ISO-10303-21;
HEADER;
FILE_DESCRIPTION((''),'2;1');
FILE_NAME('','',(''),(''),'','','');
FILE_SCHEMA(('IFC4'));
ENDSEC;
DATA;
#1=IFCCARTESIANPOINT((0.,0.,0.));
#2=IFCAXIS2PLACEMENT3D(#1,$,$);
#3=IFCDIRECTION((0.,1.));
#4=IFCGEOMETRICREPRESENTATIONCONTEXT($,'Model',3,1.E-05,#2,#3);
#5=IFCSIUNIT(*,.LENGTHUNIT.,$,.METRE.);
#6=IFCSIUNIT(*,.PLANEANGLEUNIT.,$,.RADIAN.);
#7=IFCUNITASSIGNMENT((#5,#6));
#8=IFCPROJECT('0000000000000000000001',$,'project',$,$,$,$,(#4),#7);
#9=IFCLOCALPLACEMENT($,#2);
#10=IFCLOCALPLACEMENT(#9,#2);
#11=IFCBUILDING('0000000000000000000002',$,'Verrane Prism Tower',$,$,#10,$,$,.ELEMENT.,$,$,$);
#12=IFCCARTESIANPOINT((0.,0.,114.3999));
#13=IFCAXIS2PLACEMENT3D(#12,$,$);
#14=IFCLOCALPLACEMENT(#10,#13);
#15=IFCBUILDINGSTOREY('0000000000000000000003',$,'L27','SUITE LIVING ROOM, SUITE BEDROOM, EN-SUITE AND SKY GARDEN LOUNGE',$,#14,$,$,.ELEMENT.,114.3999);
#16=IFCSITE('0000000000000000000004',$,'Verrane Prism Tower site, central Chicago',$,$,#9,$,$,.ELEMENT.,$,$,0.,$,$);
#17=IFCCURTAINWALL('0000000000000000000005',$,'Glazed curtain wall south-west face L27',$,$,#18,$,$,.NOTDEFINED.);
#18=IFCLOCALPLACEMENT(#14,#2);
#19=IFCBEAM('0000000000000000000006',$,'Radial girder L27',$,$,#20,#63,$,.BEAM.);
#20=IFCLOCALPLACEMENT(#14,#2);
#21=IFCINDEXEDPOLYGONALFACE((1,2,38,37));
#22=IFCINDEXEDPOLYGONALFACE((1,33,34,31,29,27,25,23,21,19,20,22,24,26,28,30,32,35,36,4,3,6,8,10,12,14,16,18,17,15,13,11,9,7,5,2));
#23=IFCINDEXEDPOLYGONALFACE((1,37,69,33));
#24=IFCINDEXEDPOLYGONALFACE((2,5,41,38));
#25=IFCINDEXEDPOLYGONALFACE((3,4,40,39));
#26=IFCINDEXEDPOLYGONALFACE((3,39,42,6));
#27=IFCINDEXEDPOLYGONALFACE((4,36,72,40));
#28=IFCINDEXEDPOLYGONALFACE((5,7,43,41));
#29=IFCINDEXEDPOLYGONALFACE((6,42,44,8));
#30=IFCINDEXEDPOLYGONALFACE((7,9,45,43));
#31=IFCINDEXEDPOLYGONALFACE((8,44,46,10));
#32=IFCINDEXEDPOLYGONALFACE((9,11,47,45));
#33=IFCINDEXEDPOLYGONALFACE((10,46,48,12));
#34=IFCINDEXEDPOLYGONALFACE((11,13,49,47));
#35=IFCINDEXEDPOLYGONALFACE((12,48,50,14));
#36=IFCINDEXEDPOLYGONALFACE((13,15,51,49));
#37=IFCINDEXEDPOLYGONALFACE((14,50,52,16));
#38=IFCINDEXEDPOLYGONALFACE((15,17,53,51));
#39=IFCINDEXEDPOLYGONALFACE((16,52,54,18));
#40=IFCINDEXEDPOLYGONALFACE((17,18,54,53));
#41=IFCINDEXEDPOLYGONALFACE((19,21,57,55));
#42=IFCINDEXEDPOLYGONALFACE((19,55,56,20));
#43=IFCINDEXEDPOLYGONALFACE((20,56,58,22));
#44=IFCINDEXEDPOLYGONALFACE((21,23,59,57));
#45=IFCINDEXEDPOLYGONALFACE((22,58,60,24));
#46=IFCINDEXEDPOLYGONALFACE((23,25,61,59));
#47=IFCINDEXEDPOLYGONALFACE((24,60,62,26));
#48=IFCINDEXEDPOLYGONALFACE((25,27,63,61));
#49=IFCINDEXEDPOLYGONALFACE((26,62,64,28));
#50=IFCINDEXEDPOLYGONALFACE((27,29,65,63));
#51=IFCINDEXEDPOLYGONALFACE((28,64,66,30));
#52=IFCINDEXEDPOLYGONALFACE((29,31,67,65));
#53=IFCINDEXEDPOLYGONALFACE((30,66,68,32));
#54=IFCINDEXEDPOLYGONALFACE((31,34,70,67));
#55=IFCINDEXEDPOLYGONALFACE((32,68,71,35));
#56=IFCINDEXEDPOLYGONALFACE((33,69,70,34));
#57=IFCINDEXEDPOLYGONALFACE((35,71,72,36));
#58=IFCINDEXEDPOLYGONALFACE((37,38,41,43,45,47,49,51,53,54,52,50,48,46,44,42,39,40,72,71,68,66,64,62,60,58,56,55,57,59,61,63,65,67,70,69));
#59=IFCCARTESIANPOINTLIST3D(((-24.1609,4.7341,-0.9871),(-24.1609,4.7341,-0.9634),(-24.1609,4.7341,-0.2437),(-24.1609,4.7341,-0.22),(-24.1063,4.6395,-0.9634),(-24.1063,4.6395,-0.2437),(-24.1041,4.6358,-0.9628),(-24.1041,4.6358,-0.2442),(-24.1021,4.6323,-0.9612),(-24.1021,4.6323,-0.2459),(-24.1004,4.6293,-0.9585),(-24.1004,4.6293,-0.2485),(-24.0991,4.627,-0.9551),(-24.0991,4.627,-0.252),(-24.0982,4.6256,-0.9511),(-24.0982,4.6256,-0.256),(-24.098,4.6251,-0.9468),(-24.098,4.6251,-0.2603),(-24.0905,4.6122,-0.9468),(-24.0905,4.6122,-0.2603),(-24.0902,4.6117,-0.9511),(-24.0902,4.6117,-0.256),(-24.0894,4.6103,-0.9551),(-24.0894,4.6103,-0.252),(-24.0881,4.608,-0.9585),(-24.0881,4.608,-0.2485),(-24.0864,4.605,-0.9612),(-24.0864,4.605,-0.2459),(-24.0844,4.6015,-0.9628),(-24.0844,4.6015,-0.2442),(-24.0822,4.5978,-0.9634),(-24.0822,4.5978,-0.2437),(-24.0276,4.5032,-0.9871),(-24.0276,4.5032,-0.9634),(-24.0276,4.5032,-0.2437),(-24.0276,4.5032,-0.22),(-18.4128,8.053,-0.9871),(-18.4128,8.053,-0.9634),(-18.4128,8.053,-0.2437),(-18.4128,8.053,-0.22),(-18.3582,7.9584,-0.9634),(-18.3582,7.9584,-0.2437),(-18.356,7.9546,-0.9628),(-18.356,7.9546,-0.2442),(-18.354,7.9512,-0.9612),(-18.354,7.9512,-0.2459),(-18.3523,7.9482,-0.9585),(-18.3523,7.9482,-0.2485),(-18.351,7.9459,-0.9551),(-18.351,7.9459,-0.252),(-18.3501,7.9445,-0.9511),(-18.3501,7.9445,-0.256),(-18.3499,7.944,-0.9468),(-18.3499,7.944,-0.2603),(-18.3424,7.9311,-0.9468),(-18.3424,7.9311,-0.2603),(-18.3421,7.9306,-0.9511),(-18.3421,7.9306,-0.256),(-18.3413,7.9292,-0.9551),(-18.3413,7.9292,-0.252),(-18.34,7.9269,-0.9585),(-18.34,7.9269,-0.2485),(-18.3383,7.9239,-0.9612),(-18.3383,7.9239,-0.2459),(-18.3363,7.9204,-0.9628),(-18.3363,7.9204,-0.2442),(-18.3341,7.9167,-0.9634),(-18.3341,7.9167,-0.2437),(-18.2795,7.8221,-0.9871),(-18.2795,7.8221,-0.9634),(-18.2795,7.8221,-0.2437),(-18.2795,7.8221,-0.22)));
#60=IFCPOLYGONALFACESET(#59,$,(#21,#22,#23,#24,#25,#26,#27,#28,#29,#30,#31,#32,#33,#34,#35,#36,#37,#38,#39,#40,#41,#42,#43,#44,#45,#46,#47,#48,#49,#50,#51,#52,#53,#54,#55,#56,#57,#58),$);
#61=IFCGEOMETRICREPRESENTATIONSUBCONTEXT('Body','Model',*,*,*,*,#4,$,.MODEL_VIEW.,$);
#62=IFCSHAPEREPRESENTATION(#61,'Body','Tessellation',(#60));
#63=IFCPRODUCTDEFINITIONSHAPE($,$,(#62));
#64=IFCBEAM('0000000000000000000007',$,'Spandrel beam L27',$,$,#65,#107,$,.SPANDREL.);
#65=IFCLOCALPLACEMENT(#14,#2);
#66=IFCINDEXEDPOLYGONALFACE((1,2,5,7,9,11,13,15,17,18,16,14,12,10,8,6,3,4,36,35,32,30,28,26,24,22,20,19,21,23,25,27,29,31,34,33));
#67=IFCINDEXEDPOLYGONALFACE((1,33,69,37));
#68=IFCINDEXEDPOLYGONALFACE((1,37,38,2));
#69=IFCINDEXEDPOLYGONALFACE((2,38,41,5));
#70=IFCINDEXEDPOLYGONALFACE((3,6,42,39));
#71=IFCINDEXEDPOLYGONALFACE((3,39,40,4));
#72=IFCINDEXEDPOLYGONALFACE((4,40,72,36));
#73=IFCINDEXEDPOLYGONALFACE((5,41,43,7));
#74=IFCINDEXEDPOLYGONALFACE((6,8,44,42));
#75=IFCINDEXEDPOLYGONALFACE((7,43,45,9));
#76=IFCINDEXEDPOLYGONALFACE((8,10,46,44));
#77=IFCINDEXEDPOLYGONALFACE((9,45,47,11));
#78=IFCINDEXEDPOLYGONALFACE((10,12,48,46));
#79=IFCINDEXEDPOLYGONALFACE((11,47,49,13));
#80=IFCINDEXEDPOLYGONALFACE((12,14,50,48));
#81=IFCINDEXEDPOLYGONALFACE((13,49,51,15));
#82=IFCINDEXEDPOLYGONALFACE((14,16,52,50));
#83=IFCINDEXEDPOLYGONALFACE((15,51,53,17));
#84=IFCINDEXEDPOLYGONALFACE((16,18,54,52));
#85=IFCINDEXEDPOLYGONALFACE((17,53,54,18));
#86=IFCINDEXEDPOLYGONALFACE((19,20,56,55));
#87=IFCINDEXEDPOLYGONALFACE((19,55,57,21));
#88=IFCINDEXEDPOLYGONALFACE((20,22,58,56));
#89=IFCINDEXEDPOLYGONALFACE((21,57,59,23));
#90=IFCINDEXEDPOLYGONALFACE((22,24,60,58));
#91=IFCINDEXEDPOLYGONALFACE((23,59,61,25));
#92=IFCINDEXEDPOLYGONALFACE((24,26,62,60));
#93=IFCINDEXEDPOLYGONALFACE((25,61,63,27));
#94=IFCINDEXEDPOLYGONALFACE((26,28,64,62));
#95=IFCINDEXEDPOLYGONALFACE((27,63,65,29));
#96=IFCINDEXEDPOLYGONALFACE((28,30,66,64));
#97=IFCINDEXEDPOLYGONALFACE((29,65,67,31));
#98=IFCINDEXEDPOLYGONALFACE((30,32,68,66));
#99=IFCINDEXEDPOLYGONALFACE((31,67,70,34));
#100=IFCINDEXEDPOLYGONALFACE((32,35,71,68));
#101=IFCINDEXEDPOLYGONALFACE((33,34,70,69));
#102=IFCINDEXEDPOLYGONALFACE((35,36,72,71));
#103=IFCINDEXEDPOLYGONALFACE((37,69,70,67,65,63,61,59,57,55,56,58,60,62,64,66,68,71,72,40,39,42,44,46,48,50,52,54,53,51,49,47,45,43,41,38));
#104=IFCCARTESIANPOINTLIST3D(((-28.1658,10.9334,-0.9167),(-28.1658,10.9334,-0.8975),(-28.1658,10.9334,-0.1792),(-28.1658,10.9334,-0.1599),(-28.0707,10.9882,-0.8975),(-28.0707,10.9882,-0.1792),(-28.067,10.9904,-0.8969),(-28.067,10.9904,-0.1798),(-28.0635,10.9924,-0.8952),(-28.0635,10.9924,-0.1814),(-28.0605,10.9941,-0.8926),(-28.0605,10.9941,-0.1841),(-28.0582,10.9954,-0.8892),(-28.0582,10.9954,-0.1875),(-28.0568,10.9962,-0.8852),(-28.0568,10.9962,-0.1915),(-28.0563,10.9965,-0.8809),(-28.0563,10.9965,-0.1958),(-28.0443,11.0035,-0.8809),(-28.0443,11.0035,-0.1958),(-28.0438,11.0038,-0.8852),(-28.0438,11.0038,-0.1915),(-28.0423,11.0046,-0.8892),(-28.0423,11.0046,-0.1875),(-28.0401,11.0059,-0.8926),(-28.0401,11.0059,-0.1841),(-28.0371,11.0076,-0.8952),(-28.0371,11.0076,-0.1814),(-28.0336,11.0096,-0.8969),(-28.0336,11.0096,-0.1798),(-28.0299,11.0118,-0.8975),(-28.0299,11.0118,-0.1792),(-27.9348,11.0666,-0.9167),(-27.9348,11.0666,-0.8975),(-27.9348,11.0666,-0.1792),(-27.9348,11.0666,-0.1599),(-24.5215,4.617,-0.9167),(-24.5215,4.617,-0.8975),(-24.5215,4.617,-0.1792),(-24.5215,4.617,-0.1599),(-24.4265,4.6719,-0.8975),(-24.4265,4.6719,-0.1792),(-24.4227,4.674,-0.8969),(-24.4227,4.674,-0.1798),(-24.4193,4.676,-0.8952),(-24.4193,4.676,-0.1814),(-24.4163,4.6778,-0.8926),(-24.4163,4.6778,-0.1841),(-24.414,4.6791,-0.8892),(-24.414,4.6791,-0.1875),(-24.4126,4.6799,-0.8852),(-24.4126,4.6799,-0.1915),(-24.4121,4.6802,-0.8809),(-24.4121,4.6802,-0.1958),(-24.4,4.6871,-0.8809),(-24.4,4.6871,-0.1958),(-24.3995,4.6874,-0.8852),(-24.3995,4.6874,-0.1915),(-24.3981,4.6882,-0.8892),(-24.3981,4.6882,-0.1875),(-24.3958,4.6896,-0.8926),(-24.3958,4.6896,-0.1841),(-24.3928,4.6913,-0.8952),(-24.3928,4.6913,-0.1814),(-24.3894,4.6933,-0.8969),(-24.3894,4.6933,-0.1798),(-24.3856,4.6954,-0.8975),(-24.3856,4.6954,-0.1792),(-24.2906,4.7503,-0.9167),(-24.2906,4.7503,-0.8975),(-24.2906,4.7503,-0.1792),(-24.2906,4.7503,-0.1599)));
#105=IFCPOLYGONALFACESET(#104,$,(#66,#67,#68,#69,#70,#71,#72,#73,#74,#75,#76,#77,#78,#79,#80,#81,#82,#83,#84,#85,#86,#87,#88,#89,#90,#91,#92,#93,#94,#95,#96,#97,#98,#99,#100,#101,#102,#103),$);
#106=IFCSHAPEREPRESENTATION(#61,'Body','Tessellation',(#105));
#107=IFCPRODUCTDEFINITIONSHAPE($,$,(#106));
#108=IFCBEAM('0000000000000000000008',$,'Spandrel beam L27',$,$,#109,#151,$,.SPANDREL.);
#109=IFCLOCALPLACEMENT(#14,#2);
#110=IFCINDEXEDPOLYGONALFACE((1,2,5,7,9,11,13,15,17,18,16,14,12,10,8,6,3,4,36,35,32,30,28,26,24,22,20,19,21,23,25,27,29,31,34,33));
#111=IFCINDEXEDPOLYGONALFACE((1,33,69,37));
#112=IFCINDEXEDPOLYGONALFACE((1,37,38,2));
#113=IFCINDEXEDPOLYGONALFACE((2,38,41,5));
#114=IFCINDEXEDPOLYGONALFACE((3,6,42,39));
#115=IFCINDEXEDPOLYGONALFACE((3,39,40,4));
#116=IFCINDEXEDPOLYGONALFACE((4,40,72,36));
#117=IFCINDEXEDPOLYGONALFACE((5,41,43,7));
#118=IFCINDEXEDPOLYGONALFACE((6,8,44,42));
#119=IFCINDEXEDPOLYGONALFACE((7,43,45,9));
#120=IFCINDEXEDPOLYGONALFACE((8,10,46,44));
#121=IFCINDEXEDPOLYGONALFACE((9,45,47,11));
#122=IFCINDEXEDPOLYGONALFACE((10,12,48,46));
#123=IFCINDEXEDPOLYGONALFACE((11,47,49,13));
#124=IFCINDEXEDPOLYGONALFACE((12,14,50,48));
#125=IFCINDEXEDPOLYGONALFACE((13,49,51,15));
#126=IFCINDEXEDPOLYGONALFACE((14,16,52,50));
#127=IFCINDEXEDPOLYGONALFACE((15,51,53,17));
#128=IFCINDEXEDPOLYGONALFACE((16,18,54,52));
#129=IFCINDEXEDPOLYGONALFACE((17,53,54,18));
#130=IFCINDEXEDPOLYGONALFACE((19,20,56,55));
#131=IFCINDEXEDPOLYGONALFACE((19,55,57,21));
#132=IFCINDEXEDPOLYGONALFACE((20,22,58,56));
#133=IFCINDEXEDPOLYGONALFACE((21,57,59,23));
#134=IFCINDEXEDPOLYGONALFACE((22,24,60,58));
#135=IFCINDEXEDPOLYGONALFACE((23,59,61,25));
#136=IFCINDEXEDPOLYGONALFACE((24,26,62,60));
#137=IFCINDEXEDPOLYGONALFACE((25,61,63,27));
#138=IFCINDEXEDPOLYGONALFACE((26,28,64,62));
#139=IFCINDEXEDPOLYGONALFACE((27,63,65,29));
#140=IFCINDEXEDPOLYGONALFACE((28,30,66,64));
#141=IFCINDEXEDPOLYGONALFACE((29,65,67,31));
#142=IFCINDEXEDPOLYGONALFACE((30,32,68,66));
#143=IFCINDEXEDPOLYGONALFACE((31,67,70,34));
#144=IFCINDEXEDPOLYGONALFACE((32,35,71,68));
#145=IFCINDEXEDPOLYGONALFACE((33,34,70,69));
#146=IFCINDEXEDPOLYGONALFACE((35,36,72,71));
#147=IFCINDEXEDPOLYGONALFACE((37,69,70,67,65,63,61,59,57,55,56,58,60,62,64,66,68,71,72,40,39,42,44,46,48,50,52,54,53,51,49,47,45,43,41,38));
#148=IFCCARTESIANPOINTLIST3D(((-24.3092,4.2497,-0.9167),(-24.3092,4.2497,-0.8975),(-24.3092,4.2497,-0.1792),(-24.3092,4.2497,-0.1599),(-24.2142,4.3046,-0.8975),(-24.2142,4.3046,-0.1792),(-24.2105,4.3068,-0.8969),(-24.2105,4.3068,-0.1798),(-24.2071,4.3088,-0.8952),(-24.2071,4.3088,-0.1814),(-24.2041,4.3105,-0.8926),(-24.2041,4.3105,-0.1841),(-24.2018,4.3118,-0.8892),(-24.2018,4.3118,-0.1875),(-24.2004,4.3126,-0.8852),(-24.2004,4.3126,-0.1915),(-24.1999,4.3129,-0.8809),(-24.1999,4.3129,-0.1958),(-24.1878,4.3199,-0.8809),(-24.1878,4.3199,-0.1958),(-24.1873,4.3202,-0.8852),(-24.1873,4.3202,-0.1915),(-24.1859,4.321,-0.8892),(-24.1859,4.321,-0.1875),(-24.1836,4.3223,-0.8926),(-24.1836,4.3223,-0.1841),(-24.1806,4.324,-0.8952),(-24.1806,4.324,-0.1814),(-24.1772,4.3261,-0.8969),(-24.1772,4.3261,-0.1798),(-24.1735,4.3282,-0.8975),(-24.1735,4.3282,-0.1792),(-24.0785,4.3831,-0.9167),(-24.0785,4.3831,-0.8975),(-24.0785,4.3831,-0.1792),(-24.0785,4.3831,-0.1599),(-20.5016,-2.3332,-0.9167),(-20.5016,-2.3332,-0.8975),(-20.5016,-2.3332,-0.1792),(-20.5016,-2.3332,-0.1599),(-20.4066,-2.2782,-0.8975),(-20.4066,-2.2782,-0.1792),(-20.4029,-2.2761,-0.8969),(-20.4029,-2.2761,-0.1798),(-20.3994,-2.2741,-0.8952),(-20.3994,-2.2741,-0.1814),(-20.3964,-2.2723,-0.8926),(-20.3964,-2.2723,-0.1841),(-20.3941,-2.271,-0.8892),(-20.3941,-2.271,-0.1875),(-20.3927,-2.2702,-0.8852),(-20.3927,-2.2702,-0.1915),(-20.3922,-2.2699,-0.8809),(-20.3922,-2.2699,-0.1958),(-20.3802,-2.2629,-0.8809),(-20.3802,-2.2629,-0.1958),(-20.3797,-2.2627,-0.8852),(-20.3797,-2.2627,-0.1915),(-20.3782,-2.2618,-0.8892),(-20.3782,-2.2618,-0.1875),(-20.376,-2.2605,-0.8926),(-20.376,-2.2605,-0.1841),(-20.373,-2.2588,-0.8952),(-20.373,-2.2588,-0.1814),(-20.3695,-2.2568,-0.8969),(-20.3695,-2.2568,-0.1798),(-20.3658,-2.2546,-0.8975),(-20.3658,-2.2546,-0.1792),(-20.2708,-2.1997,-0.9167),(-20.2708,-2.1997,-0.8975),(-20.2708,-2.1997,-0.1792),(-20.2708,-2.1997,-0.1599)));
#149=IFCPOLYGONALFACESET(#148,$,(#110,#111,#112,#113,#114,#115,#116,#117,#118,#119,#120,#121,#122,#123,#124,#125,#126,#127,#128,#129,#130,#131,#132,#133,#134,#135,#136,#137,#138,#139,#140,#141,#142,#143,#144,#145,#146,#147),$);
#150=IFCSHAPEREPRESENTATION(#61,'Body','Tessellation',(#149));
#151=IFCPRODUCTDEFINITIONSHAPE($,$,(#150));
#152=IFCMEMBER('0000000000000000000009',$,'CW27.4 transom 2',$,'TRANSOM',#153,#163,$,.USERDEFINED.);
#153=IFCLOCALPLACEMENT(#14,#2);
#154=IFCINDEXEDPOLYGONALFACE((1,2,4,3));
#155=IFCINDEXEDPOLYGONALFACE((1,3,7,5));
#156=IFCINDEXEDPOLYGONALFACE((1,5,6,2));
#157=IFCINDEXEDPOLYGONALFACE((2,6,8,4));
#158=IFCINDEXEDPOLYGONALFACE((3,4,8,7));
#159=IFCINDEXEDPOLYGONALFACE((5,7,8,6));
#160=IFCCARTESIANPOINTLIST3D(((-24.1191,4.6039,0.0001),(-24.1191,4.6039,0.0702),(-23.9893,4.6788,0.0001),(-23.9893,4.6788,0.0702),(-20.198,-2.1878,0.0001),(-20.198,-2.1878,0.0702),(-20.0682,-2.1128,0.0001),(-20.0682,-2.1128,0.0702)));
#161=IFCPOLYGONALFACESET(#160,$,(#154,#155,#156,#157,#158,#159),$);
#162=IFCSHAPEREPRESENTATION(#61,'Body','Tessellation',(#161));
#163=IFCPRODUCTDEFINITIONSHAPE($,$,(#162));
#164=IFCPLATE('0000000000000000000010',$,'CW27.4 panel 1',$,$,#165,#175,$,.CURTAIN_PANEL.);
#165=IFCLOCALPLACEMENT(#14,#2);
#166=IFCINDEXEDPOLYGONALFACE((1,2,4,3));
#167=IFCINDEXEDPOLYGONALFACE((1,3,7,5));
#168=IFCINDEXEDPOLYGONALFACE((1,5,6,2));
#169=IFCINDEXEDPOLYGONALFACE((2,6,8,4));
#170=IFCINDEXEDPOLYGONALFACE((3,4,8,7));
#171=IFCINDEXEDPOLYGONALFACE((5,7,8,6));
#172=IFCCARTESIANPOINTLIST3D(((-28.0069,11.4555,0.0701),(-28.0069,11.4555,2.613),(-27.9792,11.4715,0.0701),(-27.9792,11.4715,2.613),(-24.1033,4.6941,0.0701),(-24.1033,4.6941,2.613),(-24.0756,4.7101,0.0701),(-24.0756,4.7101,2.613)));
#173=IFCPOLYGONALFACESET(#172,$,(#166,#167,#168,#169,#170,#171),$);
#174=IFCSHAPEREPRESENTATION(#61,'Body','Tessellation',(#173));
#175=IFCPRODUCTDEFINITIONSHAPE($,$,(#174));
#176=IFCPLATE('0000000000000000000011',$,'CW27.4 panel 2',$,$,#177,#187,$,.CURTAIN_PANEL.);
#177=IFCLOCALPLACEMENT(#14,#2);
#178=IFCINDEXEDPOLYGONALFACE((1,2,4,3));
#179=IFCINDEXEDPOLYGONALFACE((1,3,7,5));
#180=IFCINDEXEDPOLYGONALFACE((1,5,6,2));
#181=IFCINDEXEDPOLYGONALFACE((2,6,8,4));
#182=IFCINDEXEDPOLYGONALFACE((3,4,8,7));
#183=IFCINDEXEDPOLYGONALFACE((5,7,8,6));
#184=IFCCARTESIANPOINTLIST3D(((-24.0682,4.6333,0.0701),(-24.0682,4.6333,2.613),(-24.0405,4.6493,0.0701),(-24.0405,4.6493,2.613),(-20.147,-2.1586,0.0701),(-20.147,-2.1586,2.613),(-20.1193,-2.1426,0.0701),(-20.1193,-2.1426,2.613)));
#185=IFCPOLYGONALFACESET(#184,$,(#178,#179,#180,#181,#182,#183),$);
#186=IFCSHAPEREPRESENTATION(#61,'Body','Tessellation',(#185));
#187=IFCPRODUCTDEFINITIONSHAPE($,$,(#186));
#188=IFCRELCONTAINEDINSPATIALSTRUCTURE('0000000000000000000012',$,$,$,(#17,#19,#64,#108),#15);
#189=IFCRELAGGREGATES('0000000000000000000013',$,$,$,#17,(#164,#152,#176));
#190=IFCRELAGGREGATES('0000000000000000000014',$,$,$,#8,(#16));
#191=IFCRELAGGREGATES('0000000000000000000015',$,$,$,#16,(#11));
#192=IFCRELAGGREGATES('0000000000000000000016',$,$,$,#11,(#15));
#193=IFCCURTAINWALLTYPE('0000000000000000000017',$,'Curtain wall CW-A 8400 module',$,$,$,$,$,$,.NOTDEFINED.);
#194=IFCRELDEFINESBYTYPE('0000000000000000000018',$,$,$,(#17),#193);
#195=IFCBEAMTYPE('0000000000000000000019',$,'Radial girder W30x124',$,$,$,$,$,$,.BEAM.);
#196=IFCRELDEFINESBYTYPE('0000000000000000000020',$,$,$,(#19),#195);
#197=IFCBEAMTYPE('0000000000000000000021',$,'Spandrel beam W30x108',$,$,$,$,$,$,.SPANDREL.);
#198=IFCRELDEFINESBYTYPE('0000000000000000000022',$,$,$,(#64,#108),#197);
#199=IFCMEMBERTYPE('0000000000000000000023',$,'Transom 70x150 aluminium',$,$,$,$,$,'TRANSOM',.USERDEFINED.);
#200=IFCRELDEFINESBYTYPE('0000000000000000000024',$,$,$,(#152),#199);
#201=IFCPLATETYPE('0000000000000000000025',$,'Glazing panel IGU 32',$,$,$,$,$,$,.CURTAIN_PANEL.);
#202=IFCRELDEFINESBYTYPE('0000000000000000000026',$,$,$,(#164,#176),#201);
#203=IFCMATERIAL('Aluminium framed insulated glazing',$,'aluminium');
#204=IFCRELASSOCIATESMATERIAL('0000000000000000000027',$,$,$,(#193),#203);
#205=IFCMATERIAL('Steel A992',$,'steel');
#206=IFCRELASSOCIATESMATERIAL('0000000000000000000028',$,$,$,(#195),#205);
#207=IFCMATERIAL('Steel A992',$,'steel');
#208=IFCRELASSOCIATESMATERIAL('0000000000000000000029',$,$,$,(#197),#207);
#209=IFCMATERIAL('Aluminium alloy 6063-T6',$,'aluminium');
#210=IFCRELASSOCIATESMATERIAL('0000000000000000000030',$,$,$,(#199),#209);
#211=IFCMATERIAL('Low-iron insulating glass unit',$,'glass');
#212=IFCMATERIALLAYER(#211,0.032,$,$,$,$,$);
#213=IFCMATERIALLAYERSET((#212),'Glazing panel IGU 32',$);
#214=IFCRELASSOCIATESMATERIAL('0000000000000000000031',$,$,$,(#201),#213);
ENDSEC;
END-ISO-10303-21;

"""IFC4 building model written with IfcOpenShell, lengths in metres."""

from ifc_helpers import new_model, si_unit, direction, frame, origin, origin_2d, place, context, subcontext, project, spatial, rectangle, i_section, extrude, material, layer, layer_set, material_profile, profile_set, type_object, element, aggregate, save


model = new_model("IFC4")

# Units and contexts
model_context = context("Model", 3, precision=1e-05, world=origin(), true_north=direction((0.0, 1.0)))
body_context = subcontext(model_context, "Body", "Model", "MODEL_VIEW")
ifc_project = project(units=[si_unit("LENGTHUNIT", "METRE"), si_unit("PLANEANGLEUNIT", "RADIAN")], contexts=[model_context])

# Site, building, storey
site_placement = place(None, origin())
site = spatial("IfcSite", under=ifc_project, at=site_placement, Name="Verrane Prism Tower site, central Chicago", CompositionType="ELEMENT", RefElevation=0.0)
building_placement = place(site_placement, origin())
building = spatial("IfcBuilding", under=site, at=building_placement, Name="Verrane Prism Tower", CompositionType="ELEMENT")
storey_placement = place(building_placement, frame((0.0, 0.0, 114.3999)))
storey = spatial("IfcBuildingStorey", under=building, at=storey_placement, Name="L27", Description="SUITE LIVING ROOM, SUITE BEDROOM, EN-SUITE AND SKY GARDEN LOUNGE", CompositionType="ELEMENT", Elevation=114.3999)

# Curtain wall
ifc_material_1 = material(Name="Aluminium framed insulated glazing", Category="aluminium")
curtain_wall_type = type_object("IfcCurtainWallType", Name="Curtain wall CW-A 8400 module", PredefinedType="NOTDEFINED", material=ifc_material_1)
curtain_wall_placement = place(storey_placement, origin())
curtain_wall = element("IfcCurtainWall", 1, at=curtain_wall_placement, inside=storey, type_object=curtain_wall_type, Name="Glazed curtain wall south-west face L27", PredefinedType="NOTDEFINED")

# Beams
ifc_material_2 = material(Name="Steel A992", Category="steel")
ifc_material_profile_1 = material_profile(ifc_material_2, i_section(OverallWidth=0.2666, OverallDepth=0.7671, WebThickness=0.0149, FlangeThickness=0.0237, FilletRadius=0.0166, at=origin_2d()), Name="W30x124")
ifc_profile_set_1 = profile_set([ifc_material_profile_1], Name="Steel A992")
beam_type_1 = type_object("IfcBeamType", Name="Radial girder W30x124", PredefinedType="BEAM", material=ifc_profile_set_1)
beam_1_placement = place(storey_placement, frame((-24.0942, 4.6187, -0.6035), z_axis=(0.866012, 0.500024, 0.0), x_axis=(-0.500024, 0.866012, 0.0)))
element("IfcBeam", 2, at=beam_1_placement, inside=storey, type_object=beam_type_1, Name="Radial girder L27", PredefinedType="BEAM", context=body_context, shape_type="SweptSolid", body=[
    extrude(i_section(OverallWidth=0.2666, OverallDepth=0.7671, WebThickness=0.0149, FlangeThickness=0.0237, FilletRadius=0.0166, at=origin_2d()), origin(), (0.0, 0.0, 1.0), 6.6375),
])
ifc_material_3 = material(Name="Steel A992", Category="steel")
ifc_material_profile_2 = material_profile(ifc_material_3, i_section(OverallWidth=0.2666, OverallDepth=0.7568, WebThickness=0.0139, FlangeThickness=0.0193, FilletRadius=0.0166, at=origin_2d()), Name="W30x108")
ifc_profile_set_2 = profile_set([ifc_material_profile_2], Name="Steel A992")
beam_type_2 = type_object("IfcBeamType", Name="Spandrel beam W30x108", PredefinedType="SPANDREL", material=ifc_profile_set_2)
beam_2_placement = place(storey_placement, frame((-28.0503, 11.0, -0.5383), z_axis=(0.499744, -0.866173, 0.0), x_axis=(0.866173, 0.499744, 0.0)))
element("IfcBeam", 3, at=beam_2_placement, inside=storey, type_object=beam_type_2, Name="Spandrel beam L27", PredefinedType="SPANDREL", context=body_context, shape_type="SweptSolid", body=[
    extrude(i_section(OverallWidth=0.2666, OverallDepth=0.7568, WebThickness=0.0139, FlangeThickness=0.0193, FilletRadius=0.0166, at=origin_2d()), origin(), (0.0, 0.0, 1.0), 7.2922),
])
beam_3_placement = place(storey_placement, frame((-24.1938, 4.3164, -0.5383), z_axis=(0.500696, -0.865623, 0.0), x_axis=(0.865623, 0.500696, 0.0)))
element("IfcBeam", 4, at=beam_3_placement, inside=storey, type_object=beam_type_2, Name="Spandrel beam L27", PredefinedType="SPANDREL", context=body_context, shape_type="SweptSolid", body=[
    extrude(i_section(OverallWidth=0.2666, OverallDepth=0.7568, WebThickness=0.0139, FlangeThickness=0.0193, FilletRadius=0.0166, at=origin_2d()), origin(), (0.0, 0.0, 1.0), 7.6047),
])

# Member
ifc_material_4 = material(Name="Aluminium alloy 6063-T6", Category="aluminium")
ifc_material_profile_3 = material_profile(ifc_material_4, rectangle(XDim=0.1499, YDim=0.0701, at=origin_2d()), Name="Transom 70x150 aluminium")
ifc_profile_set_3 = profile_set([ifc_material_profile_3], Name="Aluminium alloy 6063-T6")
member_type_1 = type_object("IfcMemberType", Name="Transom 70x150 aluminium", ElementType="TRANSOM", PredefinedType="USERDEFINED", material=ifc_profile_set_3)
member_1_placement = place(storey_placement, frame((-24.0542, 4.6414, 0.0352), z_axis=(0.499993, -0.86603, 0.0), x_axis=(0.86603, 0.499993, 0.0)))
member_1 = element("IfcMember", 5, at=member_1_placement, type_object=member_type_1, Name="CW27.4 transom 2", ObjectType="TRANSOM", PredefinedType="USERDEFINED", context=body_context, shape_type="SweptSolid", body=[
    extrude(rectangle(XDim=0.1499, YDim=0.0701, at=origin_2d()), origin(), (0.0, 0.0, 1.0), 7.8423),
])

# Plates
ifc_material_5 = material(Name="Low-iron insulating glass unit", Category="glass")
ifc_layer_1 = layer(ifc_material_5, 0.032)
ifc_layer_set_1 = layer_set([ifc_layer_1], Name="Glazing panel IGU 32")
plate_type = type_object("IfcPlateType", Name="Glazing panel IGU 32", PredefinedType="CURTAIN_PANEL", material=ifc_layer_set_1)
plate_1_placement = place(storey_placement, frame((-26.0413, 8.0828, 0.0701), z_axis=(0.0, 0.0, 1.0), x_axis=(0.499999, -0.866026, 0.0)))
plate_1 = element("IfcPlate", 6, at=plate_1_placement, type_object=plate_type, Name="CW27.4 panel 1", PredefinedType="CURTAIN_PANEL", context=body_context, shape_type="SweptSolid", body=[
    extrude(rectangle(XDim=7.8074, YDim=0.032, at=origin_2d()), origin(), (0.0, 0.0, 1.0), 2.543),
])
plate_2_placement = place(storey_placement, frame((-22.0938, 1.2454, 0.0701), z_axis=(0.0, 0.0, 1.0), x_axis=(0.499999, -0.866026, 0.0)))
plate_2 = element("IfcPlate", 7, at=plate_2_placement, type_object=plate_type, Name="CW27.4 panel 2", PredefinedType="CURTAIN_PANEL", context=body_context, shape_type="SweptSolid", body=[
    extrude(rectangle(XDim=7.8425, YDim=0.032, at=origin_2d()), origin(), (0.0, 0.0, 1.0), 2.543),
])
aggregate(curtain_wall, [plate_1, member_1, plate_2])

save(model, "model.ifc")
